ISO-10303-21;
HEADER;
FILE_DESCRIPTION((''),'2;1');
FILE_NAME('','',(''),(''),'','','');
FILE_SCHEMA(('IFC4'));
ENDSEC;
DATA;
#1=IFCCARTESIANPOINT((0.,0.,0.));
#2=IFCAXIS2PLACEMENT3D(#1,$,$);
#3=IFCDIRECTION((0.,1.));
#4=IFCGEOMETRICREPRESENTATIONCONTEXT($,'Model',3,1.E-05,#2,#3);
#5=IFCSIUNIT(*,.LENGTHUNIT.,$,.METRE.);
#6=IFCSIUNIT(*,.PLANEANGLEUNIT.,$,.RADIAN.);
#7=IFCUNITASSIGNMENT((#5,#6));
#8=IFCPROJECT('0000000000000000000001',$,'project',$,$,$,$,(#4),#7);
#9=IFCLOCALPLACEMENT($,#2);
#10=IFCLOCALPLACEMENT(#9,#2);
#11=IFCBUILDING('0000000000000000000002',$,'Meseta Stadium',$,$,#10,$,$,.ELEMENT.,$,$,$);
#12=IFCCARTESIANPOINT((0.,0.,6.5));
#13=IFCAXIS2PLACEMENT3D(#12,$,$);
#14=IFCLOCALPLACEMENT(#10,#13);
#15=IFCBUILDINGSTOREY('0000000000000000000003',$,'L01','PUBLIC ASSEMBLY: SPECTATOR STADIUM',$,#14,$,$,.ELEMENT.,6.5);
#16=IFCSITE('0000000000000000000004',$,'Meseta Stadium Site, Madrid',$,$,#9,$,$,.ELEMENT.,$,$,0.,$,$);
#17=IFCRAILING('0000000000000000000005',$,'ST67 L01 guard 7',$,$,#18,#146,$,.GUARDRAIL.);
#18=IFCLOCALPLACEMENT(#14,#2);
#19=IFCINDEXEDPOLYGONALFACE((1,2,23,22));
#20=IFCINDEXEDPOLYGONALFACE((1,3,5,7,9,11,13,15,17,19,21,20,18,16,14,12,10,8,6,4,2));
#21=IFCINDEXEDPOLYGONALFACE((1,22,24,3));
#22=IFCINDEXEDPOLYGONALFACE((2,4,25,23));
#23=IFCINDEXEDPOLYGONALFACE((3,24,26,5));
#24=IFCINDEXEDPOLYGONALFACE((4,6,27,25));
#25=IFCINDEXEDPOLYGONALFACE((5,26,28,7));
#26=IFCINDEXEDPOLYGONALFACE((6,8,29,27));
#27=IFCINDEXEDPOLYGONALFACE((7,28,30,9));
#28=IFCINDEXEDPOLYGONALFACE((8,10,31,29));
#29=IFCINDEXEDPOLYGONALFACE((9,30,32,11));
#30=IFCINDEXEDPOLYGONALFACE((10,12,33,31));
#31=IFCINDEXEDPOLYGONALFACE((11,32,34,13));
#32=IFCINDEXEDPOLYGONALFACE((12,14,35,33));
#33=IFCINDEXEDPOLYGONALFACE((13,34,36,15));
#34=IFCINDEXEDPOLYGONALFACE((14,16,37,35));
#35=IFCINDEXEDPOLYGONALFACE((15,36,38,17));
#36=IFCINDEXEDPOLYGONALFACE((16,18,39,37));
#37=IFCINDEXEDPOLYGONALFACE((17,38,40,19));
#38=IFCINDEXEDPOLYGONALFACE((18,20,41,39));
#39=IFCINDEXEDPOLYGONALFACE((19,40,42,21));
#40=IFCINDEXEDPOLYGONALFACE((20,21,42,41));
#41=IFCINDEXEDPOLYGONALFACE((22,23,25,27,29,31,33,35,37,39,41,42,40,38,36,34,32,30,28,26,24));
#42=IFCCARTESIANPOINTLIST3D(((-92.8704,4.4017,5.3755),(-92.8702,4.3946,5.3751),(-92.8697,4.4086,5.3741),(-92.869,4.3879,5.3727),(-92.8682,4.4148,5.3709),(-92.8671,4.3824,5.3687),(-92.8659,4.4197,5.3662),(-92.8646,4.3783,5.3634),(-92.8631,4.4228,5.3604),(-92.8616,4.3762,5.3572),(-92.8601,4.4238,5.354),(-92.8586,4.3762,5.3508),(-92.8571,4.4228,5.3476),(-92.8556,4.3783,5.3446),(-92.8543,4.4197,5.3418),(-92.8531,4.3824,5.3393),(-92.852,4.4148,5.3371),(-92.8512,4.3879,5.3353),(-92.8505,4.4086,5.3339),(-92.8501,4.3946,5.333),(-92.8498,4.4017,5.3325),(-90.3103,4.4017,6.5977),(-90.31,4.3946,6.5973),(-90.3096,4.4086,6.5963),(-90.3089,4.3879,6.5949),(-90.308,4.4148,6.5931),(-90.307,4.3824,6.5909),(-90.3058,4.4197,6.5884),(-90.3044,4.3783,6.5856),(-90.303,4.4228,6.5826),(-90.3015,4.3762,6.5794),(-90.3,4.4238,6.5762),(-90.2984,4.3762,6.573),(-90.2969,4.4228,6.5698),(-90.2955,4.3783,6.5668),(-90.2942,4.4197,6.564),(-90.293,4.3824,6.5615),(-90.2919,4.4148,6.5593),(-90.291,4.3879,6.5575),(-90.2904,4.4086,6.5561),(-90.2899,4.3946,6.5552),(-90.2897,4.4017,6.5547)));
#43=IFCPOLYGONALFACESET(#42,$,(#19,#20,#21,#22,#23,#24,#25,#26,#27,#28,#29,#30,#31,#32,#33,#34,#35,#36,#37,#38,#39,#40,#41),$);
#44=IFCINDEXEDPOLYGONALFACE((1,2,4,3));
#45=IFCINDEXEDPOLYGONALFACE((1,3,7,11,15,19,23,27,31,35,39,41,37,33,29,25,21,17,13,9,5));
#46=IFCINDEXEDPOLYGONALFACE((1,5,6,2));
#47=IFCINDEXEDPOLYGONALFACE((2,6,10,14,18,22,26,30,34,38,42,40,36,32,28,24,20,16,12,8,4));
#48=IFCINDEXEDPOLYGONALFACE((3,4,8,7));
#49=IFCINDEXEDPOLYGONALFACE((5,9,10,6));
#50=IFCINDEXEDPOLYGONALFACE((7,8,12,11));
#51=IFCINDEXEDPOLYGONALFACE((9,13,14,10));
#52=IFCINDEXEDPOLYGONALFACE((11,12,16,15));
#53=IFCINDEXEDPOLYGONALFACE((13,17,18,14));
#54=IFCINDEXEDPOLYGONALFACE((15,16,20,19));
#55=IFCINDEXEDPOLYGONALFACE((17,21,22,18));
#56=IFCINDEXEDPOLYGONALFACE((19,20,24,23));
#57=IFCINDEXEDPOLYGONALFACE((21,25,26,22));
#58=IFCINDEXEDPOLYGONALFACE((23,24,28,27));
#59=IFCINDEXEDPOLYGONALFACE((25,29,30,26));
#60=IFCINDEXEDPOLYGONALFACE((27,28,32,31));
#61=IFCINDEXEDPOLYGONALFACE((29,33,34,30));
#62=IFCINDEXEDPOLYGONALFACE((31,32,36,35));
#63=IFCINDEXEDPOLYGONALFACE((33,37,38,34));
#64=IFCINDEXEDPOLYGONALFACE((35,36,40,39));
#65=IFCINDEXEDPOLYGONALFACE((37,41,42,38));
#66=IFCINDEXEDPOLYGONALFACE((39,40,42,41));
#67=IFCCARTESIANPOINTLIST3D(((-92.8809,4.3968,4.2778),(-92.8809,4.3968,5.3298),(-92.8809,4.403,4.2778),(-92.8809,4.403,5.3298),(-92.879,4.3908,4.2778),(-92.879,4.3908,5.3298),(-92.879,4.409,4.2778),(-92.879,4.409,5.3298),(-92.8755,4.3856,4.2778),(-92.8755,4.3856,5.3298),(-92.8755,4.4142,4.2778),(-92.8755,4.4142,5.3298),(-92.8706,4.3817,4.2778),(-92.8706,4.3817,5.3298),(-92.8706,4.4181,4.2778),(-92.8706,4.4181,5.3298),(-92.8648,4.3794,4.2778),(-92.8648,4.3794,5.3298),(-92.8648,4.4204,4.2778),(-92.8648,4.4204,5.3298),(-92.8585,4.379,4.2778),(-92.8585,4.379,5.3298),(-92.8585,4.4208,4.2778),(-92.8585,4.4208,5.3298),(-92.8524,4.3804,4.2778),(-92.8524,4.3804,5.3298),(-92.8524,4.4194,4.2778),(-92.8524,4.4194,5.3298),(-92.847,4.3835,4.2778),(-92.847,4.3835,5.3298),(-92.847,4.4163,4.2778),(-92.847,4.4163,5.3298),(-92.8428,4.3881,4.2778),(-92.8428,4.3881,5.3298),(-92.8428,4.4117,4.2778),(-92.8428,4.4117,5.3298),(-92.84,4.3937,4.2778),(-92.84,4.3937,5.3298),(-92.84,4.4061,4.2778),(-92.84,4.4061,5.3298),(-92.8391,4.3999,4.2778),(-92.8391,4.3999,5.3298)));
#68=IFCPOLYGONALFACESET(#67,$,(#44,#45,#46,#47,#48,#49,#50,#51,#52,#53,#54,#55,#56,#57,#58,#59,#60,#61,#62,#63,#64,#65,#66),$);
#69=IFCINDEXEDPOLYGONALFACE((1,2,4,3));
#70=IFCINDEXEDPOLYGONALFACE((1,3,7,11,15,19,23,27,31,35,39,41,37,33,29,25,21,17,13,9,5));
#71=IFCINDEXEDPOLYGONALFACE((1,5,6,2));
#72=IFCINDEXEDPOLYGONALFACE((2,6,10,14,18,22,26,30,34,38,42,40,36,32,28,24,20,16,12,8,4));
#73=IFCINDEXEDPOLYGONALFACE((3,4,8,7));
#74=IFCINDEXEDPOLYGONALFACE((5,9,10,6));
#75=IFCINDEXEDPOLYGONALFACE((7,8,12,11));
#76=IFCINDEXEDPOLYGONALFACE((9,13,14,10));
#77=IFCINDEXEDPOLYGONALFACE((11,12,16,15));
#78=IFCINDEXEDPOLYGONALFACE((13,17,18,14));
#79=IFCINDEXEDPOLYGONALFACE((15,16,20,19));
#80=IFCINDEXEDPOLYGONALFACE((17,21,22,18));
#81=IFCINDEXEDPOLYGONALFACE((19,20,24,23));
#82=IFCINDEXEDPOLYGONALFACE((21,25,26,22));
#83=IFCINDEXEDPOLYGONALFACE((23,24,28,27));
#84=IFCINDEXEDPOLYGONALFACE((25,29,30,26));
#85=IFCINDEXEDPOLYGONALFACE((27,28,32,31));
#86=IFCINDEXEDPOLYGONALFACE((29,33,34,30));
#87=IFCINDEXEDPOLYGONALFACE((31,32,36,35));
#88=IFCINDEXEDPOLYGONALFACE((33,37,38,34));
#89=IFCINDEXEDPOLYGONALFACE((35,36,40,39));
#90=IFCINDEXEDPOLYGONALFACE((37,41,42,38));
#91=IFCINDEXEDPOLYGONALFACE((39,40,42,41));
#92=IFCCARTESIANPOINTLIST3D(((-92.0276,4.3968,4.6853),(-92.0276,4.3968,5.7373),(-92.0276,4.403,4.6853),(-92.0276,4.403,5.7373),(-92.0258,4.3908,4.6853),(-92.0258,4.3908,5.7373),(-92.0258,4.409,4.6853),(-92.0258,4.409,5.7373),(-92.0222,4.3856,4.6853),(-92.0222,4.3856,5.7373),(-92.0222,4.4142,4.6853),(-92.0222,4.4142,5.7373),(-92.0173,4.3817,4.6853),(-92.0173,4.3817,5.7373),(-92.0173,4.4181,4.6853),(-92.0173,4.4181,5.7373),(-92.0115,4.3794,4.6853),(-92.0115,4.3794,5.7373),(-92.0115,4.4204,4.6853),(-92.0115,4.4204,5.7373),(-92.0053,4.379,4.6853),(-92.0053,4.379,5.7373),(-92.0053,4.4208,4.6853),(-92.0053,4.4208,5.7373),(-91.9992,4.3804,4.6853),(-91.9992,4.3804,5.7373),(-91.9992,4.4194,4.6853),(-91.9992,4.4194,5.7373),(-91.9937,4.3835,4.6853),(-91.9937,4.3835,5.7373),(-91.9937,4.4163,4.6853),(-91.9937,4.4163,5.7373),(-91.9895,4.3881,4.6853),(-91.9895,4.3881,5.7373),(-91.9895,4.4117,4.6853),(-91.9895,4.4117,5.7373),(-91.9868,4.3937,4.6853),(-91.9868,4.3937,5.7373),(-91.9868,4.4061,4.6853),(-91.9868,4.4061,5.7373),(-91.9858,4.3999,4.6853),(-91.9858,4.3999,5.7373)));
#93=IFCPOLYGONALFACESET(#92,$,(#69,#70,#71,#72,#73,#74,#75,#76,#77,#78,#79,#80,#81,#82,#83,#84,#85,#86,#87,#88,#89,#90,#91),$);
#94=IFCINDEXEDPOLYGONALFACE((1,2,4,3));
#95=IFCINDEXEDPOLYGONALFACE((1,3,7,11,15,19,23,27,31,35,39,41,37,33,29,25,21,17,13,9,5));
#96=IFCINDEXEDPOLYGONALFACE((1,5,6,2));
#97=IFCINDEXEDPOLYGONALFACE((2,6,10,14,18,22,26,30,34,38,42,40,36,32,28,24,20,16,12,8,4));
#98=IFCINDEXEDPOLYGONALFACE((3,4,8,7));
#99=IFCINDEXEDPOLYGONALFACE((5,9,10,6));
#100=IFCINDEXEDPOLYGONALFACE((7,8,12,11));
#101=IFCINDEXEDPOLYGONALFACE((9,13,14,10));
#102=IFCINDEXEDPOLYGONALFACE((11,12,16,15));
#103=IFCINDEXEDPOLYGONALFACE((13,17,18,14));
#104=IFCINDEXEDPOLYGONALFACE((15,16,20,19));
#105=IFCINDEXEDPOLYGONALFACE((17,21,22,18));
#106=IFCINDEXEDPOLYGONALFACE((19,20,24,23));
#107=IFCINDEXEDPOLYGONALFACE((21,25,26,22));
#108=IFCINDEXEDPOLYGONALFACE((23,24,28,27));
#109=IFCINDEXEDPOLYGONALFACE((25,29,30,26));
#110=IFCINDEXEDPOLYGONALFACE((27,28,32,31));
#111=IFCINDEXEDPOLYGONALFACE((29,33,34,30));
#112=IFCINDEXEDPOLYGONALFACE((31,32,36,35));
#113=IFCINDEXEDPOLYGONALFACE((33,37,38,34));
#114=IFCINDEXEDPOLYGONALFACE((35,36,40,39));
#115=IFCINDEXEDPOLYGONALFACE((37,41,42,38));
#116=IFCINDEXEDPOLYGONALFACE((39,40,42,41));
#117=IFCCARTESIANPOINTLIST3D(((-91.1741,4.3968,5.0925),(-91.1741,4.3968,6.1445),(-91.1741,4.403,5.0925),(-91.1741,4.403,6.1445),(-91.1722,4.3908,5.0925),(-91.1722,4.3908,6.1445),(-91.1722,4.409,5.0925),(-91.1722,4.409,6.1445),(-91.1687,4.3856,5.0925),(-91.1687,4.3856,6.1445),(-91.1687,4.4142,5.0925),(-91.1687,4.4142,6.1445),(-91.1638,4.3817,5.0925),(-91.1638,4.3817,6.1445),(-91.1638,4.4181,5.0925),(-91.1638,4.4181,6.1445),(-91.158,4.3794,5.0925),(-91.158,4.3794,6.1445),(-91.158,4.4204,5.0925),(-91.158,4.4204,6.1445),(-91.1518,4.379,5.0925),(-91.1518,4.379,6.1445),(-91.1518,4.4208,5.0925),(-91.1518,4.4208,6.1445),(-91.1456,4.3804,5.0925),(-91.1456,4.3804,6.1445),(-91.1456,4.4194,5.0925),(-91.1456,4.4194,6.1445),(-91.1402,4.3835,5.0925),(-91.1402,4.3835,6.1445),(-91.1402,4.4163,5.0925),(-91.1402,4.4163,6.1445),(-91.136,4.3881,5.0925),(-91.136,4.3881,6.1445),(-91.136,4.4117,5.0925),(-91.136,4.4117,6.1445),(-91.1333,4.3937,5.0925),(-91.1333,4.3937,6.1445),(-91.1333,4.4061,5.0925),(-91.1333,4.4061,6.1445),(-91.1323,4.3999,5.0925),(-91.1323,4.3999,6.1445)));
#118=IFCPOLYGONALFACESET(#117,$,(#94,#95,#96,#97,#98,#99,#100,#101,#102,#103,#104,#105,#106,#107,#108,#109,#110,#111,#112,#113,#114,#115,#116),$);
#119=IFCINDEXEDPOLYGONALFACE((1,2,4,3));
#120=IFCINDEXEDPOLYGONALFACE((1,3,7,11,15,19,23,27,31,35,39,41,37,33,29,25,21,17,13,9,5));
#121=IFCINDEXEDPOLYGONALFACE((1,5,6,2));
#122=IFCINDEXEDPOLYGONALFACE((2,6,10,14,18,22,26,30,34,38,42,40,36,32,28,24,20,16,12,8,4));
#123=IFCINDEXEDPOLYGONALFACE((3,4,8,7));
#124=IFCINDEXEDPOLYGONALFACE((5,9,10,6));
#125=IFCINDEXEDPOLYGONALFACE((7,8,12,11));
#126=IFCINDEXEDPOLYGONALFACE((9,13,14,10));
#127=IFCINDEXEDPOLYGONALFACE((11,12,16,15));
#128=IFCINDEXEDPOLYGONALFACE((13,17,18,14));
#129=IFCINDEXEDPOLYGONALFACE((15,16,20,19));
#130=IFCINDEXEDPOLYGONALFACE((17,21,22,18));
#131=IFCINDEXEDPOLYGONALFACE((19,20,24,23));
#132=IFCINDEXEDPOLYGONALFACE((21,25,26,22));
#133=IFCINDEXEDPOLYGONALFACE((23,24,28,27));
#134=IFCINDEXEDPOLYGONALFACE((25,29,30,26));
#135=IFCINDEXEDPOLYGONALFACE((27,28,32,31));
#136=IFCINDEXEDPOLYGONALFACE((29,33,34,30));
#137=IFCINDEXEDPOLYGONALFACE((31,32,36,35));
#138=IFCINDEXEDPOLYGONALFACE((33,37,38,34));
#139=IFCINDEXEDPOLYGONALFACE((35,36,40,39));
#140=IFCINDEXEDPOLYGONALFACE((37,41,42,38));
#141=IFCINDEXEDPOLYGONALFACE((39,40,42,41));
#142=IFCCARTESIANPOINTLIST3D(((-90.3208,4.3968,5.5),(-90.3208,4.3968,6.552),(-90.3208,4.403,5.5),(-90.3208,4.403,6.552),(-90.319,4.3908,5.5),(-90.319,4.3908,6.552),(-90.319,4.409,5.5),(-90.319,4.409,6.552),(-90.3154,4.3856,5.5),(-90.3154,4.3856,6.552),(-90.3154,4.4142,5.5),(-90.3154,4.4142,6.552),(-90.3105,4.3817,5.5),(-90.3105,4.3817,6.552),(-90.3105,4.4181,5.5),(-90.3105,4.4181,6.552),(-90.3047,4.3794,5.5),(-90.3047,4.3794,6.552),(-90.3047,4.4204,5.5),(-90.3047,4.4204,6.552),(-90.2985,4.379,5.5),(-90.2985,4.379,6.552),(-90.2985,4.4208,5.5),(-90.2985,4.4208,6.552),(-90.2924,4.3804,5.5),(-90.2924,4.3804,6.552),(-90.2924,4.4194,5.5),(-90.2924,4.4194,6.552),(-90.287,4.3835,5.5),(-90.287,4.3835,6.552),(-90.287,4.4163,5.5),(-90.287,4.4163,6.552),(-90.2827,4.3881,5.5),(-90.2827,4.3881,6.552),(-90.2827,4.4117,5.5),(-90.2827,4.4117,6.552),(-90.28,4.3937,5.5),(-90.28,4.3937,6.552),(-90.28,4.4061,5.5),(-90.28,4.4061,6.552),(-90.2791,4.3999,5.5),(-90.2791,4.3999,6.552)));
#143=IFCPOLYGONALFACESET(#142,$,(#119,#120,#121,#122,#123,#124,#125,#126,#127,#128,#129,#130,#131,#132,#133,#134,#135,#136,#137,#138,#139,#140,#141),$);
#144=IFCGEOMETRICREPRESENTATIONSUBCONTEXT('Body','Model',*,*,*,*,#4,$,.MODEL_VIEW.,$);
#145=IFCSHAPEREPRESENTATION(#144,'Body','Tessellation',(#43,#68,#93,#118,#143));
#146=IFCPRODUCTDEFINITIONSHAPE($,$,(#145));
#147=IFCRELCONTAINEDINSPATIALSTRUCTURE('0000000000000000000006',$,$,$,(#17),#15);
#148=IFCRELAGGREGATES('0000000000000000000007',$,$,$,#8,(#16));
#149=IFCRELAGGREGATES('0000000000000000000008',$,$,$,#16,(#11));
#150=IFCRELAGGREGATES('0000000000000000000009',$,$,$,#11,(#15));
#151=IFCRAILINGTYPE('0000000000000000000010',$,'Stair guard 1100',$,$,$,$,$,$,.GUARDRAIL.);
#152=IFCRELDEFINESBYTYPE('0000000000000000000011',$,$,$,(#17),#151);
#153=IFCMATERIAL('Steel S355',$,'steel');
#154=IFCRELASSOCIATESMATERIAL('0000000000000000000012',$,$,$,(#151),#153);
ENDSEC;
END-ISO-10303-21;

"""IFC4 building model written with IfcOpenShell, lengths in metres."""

from ifc_helpers import new_model, si_unit, direction, frame, origin, origin_2d, place, context, subcontext, project, spatial, circle, extrude, material, type_object, element, save


model = new_model("IFC4")

# Units and contexts
model_context = context("Model", 3, precision=1e-05, world=origin(), true_north=direction((0.0, 1.0)))
body_context = subcontext(model_context, "Body", "Model", "MODEL_VIEW")
ifc_project = project(units=[si_unit("LENGTHUNIT", "METRE"), si_unit("PLANEANGLEUNIT", "RADIAN")], contexts=[model_context])

# Site, building, storey
site_placement = place(None, origin())
site = spatial("IfcSite", under=ifc_project, at=site_placement, Name="Meseta Stadium Site, Madrid", CompositionType="ELEMENT", RefElevation=0.0)
building_placement = place(site_placement, origin())
building = spatial("IfcBuilding", under=site, at=building_placement, Name="Meseta Stadium", CompositionType="ELEMENT")
storey_placement = place(building_placement, frame((0.0, 0.0, 6.5)))
storey = spatial("IfcBuildingStorey", under=building, at=storey_placement, Name="L01", Description="PUBLIC ASSEMBLY: SPECTATOR STADIUM", CompositionType="ELEMENT", Elevation=6.5)

# Railing
ifc_material_1 = material(Name="Steel S355", Category="steel")
railing_type_1 = type_object("IfcRailingType", Name="Stair guard 1100", PredefinedType="GUARDRAIL", material=ifc_material_1)
railing_1_placement = place(storey_placement, frame((-92.8601, 4.3999, 4.2778)))
element("IfcRailing", 1, at=railing_1_placement, inside=storey, type_object=railing_type_1, Name="ST67 L01 guard 7", PredefinedType="GUARDRAIL", context=body_context, shape_type="SweptSolid", body=[
    extrude(circle(Radius=0.0239, at=origin_2d()), frame((0.0, 0.0, 1.0762), z_axis=(0.902437, 0.0, 0.430822), x_axis=(0.0, 1.0, 0.0)), (0.0, 0.0, 1.0), 2.8369),
    extrude(circle(Radius=0.021, at=origin_2d()), origin(), (0.0, 0.0, 1.0), 1.052),
    extrude(circle(Radius=0.021, at=origin_2d()), frame((0.8533, 0.0, 0.4075)), (0.0, 0.0, 1.0), 1.052),
    extrude(circle(Radius=0.021, at=origin_2d()), frame((1.7068, 0.0, 0.8147)), (0.0, 0.0, 1.0), 1.052),
    extrude(circle(Radius=0.021, at=origin_2d()), frame((2.5601, 0.0, 1.2222)), (0.0, 0.0, 1.0), 1.052),
])

save(model, "model.ifc")
